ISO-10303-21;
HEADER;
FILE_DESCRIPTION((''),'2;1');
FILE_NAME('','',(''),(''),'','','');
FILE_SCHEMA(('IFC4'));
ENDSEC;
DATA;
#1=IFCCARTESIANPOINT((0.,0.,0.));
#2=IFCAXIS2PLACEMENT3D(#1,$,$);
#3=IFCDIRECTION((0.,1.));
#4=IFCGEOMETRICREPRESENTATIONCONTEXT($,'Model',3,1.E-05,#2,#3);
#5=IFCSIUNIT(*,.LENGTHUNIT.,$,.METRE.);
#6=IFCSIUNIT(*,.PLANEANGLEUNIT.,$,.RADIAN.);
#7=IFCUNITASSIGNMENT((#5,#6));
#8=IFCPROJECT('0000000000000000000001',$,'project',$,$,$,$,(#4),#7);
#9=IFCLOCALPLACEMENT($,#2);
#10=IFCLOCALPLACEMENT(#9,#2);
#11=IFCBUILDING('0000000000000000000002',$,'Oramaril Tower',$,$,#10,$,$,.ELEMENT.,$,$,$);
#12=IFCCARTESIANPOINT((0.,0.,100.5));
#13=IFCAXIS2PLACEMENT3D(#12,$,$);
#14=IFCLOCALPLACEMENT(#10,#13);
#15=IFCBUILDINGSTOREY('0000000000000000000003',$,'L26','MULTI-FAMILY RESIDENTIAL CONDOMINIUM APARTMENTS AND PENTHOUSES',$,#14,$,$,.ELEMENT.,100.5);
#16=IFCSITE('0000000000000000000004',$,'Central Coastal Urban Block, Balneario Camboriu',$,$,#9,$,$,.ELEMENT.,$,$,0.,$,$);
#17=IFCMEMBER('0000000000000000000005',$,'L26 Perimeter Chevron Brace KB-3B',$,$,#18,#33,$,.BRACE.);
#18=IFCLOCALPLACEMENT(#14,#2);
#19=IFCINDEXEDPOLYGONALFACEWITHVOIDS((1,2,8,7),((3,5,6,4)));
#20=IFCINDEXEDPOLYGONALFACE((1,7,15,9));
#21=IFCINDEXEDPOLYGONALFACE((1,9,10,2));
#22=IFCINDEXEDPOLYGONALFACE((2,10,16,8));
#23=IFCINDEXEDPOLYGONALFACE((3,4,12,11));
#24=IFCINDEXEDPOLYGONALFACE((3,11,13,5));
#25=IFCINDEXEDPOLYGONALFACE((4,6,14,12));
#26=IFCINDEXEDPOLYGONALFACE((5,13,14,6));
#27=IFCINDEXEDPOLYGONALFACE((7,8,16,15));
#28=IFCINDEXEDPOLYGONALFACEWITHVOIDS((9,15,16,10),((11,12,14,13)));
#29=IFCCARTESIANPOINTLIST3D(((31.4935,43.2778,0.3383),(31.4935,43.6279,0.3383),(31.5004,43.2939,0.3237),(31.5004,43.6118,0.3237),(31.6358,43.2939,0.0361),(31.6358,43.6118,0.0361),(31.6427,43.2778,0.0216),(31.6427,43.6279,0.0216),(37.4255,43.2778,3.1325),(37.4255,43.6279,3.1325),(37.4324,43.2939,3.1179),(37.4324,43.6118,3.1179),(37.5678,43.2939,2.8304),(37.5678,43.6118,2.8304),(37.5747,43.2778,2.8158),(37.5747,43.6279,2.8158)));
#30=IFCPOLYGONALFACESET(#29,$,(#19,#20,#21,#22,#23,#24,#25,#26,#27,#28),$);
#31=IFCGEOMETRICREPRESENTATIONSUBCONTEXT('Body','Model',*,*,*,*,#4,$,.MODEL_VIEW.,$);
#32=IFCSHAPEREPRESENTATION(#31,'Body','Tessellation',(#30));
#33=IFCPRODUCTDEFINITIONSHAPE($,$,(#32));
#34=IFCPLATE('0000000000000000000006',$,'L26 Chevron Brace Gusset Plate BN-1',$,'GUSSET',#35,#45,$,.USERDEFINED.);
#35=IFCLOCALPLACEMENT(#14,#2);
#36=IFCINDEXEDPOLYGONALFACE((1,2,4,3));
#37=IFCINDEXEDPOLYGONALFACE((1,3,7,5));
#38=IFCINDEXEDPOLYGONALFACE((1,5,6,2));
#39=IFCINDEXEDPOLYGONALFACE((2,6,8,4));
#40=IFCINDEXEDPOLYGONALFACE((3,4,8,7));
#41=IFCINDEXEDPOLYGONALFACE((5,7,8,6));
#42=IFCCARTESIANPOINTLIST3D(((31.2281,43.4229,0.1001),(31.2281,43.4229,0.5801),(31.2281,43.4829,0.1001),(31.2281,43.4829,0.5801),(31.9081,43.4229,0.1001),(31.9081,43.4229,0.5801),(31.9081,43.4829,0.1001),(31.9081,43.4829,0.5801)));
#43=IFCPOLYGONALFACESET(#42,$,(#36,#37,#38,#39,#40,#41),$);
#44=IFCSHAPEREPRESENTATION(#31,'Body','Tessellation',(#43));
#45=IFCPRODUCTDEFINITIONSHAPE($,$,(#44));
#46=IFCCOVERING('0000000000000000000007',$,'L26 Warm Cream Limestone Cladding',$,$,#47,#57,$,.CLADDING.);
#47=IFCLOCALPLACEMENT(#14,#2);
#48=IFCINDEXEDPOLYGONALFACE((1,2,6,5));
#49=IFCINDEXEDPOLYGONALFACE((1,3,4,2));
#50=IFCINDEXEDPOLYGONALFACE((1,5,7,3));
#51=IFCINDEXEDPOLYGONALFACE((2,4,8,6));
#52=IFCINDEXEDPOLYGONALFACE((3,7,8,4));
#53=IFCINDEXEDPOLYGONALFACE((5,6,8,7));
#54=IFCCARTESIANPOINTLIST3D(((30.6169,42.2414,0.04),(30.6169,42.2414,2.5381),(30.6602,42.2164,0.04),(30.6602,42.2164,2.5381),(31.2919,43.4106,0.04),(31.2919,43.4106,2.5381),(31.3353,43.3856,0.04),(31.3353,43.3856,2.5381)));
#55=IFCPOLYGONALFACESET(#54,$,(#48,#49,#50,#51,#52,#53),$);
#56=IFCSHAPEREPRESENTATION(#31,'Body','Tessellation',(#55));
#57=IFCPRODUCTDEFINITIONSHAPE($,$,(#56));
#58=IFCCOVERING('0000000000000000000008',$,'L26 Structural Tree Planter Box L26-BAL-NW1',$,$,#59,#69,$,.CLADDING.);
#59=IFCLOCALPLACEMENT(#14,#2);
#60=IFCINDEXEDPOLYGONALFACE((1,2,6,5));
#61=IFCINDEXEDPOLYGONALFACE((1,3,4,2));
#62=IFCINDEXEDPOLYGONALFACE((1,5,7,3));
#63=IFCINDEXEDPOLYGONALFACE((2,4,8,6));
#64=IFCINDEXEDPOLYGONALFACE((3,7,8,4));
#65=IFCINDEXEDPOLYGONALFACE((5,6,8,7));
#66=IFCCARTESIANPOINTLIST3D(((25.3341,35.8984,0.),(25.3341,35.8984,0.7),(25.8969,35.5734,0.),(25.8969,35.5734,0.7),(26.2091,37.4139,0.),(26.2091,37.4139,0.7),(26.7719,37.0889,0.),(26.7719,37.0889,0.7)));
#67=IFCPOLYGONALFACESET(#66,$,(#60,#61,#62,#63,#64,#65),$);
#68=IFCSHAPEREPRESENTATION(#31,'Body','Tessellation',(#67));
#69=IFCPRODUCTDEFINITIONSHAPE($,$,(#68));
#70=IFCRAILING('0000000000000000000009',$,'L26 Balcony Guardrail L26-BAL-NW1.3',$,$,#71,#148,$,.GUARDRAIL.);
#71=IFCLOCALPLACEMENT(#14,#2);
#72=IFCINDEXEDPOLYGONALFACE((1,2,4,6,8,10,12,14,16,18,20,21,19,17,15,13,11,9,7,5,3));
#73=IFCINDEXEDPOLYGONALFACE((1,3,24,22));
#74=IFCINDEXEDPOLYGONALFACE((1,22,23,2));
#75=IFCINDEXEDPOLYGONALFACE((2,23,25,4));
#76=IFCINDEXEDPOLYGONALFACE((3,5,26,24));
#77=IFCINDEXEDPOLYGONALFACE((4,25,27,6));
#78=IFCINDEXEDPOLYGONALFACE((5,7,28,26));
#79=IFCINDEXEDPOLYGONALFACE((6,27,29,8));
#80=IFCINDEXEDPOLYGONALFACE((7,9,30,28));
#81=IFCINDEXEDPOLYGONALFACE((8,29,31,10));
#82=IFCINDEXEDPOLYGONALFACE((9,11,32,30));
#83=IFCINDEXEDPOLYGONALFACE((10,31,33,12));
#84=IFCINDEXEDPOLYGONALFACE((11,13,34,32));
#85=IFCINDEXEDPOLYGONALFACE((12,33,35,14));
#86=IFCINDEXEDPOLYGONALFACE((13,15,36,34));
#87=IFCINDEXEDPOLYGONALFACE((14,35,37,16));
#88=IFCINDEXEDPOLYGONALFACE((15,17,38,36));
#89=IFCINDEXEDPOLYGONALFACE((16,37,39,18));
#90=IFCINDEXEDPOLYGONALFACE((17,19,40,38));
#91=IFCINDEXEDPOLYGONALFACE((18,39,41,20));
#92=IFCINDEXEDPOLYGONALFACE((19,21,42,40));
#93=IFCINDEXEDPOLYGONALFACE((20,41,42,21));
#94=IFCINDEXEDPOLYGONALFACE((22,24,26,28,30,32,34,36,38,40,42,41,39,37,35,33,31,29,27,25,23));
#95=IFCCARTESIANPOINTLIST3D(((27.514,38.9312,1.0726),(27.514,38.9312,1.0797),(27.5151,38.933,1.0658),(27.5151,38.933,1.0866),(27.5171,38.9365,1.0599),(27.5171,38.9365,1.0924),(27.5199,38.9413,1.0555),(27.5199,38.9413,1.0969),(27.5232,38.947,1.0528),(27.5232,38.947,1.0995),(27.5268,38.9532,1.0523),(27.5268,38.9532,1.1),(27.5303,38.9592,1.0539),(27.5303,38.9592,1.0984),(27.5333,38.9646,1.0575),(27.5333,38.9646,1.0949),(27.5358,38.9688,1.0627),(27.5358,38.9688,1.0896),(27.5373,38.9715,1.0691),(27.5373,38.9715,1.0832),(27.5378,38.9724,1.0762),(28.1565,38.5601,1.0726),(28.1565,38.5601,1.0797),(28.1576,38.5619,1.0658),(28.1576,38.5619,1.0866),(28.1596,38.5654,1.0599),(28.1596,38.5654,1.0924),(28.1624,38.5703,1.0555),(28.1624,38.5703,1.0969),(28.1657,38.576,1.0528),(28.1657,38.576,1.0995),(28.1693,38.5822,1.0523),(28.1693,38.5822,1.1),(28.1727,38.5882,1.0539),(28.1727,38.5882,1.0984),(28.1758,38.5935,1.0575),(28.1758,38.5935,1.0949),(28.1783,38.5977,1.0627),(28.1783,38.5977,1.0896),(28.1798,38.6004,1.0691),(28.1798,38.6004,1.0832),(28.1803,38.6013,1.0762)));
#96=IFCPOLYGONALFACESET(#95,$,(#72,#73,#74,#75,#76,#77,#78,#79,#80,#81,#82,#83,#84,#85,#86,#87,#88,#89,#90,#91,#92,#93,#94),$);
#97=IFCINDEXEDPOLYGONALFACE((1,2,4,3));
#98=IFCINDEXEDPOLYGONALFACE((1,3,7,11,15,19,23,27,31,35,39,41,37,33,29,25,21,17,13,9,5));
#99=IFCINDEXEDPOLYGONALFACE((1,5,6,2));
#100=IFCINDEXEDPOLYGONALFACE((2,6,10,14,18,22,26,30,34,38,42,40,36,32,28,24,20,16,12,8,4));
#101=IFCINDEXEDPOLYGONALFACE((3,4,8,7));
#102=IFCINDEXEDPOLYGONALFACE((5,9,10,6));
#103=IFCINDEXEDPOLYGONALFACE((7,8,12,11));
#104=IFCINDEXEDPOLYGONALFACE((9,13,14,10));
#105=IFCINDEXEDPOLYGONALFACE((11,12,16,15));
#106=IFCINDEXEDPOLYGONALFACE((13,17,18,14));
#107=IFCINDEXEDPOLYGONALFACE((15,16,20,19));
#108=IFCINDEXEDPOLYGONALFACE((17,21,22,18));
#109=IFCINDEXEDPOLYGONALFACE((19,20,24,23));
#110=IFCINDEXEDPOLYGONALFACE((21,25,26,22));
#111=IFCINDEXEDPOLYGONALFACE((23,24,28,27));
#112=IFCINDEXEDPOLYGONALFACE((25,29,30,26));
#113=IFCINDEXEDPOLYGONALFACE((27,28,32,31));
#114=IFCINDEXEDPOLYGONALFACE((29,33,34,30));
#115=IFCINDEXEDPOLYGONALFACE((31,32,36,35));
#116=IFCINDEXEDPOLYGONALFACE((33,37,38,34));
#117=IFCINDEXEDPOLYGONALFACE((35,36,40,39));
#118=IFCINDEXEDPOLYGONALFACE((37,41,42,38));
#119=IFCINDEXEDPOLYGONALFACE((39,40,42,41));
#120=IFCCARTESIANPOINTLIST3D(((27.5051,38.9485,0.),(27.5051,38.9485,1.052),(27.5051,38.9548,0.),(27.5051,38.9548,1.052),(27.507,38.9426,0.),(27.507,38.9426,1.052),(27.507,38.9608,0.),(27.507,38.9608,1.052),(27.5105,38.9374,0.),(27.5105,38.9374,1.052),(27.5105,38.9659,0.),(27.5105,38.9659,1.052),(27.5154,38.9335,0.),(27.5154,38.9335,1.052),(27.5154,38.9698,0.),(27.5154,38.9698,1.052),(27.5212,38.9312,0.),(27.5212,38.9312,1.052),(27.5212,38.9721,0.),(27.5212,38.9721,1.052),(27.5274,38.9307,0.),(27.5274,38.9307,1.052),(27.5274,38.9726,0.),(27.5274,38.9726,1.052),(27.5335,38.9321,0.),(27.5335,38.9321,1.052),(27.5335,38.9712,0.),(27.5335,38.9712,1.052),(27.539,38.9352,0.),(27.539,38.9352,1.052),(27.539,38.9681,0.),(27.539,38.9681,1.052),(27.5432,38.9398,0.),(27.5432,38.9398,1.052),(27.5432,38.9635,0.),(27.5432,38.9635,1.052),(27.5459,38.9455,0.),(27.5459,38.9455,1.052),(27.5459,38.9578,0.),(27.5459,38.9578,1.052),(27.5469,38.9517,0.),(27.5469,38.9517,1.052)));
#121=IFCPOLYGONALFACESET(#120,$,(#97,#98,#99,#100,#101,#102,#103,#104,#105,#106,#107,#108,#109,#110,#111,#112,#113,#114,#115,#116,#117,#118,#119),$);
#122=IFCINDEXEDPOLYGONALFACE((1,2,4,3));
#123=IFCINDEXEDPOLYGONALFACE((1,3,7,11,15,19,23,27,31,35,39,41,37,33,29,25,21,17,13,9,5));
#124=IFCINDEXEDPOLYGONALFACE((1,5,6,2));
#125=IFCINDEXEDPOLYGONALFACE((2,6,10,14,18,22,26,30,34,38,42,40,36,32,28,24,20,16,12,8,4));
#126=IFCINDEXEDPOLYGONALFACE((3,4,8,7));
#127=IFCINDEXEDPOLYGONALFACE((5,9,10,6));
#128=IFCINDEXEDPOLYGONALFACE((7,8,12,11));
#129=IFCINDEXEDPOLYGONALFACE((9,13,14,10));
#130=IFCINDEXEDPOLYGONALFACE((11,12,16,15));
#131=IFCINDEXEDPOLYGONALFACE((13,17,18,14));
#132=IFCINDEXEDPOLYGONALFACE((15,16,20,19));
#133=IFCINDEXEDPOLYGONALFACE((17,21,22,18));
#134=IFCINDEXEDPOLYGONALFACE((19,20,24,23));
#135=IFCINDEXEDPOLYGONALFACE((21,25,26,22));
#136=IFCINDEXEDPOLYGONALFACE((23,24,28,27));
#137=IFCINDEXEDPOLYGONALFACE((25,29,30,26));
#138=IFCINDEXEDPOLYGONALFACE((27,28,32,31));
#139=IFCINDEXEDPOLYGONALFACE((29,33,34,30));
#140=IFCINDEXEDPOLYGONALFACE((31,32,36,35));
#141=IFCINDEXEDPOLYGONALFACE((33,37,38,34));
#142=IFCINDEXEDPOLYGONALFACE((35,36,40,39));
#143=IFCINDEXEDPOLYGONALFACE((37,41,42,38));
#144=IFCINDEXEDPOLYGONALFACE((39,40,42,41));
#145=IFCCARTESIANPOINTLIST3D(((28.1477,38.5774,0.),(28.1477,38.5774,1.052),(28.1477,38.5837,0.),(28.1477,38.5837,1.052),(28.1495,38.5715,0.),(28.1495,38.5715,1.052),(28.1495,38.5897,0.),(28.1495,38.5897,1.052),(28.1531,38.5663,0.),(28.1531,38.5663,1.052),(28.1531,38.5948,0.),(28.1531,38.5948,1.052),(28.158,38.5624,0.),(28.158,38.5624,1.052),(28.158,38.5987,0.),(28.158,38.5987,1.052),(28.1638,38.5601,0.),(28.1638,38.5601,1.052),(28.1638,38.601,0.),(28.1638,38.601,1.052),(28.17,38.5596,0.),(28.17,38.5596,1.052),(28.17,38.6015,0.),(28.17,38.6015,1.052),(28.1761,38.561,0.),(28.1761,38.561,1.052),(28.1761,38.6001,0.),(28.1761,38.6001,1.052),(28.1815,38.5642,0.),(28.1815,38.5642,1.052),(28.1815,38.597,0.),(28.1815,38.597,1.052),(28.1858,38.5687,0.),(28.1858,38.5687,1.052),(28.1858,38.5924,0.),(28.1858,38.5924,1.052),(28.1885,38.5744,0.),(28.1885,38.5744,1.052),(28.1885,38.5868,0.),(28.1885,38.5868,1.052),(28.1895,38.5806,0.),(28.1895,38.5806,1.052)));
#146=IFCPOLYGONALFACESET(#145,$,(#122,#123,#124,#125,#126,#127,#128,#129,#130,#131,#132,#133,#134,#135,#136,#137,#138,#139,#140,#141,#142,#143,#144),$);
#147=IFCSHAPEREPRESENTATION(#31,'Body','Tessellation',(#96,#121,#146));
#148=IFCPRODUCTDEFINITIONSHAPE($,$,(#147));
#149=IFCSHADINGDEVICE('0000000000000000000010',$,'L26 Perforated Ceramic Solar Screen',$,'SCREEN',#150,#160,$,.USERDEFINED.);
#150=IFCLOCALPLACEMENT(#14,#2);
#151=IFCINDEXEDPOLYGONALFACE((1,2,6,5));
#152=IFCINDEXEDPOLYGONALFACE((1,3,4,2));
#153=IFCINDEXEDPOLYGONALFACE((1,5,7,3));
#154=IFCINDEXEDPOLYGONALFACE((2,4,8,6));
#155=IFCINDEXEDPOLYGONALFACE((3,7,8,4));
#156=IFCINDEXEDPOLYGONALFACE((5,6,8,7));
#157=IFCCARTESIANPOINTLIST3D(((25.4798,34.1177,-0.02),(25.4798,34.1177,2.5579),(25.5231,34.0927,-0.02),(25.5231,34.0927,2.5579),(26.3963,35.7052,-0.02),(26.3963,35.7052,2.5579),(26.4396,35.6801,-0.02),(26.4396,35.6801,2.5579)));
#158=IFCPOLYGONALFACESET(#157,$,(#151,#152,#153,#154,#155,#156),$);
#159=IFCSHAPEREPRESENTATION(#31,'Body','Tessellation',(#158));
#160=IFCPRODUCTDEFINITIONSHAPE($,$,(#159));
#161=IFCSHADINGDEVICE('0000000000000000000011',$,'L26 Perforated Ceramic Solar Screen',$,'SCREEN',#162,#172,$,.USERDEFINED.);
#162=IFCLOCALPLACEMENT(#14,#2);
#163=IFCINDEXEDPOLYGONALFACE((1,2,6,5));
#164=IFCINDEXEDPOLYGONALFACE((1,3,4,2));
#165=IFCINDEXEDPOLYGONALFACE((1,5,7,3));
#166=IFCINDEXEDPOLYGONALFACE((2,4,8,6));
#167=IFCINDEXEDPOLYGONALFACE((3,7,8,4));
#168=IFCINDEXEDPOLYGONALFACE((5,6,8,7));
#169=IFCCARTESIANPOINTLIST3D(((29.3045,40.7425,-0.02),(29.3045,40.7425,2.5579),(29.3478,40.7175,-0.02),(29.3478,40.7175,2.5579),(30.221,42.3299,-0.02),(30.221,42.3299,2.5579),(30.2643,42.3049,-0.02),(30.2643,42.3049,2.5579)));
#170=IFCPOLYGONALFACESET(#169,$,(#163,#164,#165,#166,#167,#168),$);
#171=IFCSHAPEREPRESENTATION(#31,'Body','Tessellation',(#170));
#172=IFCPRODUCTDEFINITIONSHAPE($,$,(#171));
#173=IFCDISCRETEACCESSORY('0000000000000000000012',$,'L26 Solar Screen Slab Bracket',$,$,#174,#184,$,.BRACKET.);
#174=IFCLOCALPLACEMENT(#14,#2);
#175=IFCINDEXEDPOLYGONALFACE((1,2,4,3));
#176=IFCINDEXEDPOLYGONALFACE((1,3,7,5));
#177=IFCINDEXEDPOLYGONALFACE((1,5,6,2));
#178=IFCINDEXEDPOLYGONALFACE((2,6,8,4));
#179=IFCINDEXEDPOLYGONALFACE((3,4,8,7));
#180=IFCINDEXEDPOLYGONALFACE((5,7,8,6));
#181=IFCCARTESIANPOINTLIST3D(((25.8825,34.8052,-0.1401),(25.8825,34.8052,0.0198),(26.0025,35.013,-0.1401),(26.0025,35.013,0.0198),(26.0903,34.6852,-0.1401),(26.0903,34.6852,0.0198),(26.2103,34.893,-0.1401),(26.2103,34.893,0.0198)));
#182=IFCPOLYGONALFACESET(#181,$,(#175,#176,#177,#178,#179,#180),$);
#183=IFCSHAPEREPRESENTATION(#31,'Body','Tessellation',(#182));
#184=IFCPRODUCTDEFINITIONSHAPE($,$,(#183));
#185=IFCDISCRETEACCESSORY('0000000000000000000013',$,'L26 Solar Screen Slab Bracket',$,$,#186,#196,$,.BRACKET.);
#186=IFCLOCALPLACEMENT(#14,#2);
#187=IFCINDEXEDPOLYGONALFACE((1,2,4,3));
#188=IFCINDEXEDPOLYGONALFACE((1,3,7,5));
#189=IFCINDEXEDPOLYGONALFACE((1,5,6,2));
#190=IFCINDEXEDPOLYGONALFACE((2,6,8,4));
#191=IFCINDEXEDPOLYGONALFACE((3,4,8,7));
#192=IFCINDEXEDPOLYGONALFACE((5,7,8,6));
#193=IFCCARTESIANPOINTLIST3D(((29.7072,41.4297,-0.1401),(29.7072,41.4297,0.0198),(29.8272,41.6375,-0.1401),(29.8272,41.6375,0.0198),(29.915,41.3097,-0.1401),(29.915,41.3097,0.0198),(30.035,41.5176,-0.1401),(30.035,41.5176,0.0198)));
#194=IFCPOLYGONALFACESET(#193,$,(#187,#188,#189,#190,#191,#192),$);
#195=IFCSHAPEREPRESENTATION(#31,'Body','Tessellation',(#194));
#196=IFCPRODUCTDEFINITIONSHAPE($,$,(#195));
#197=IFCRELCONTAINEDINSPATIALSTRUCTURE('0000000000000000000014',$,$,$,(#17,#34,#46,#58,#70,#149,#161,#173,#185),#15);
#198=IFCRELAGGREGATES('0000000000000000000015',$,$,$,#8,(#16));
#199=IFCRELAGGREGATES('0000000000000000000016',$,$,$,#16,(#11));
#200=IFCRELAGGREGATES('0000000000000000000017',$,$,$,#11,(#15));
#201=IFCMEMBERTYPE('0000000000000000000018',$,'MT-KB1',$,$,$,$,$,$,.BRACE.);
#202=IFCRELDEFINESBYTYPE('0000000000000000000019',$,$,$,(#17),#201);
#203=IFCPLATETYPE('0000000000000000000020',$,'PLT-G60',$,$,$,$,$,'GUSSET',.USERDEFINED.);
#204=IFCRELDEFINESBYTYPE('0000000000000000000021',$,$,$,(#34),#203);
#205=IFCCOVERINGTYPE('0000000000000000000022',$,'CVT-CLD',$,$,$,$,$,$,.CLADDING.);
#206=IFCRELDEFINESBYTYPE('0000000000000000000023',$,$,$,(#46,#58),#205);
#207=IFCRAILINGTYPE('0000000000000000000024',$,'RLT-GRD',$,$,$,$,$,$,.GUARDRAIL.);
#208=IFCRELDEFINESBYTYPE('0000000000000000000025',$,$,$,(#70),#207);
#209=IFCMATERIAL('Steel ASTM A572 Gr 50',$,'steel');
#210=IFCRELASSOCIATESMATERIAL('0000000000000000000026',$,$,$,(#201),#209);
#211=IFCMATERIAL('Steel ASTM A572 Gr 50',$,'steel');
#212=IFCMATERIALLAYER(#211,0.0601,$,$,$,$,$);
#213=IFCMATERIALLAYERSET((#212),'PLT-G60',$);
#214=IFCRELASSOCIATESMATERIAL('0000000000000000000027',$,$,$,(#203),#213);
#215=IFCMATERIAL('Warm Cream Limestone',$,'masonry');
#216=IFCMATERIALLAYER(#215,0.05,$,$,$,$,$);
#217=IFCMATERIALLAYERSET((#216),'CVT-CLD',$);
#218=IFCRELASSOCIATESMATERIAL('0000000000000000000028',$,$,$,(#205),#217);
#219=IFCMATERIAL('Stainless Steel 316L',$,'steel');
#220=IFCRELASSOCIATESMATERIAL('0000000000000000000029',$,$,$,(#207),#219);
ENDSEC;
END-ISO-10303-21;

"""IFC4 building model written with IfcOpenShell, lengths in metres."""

from ifc_helpers import new_model, si_unit, direction, frame, origin, origin_2d, place, context, subcontext, project, spatial, rectangle, hollow_rectangle, circle, extrude, material, layer, layer_set, material_profile, profile_set, type_object, element, save


model = new_model("IFC4")

# Units and contexts
model_context = context("Model", 3, precision=1e-05, world=origin(), true_north=direction((0.0, 1.0)))
body_context = subcontext(model_context, "Body", "Model", "MODEL_VIEW")
ifc_project = project(units=[si_unit("LENGTHUNIT", "METRE"), si_unit("PLANEANGLEUNIT", "RADIAN")], contexts=[model_context])

# Site, building, storey
site_placement = place(None, origin())
site = spatial("IfcSite", under=ifc_project, at=site_placement, Name="Central Coastal Urban Block, Balneario Camboriu", CompositionType="ELEMENT", RefElevation=0.0)
building_placement = place(site_placement, origin())
building = spatial("IfcBuilding", under=site, at=building_placement, Name="Oramaril Tower", CompositionType="ELEMENT")
storey_placement = place(building_placement, frame((0.0, 0.0, 100.5)))
storey = spatial("IfcBuildingStorey", under=building, at=storey_placement, Name="L26", Description="MULTI-FAMILY RESIDENTIAL CONDOMINIUM APARTMENTS AND PENTHOUSES", CompositionType="ELEMENT", Elevation=100.5)

# Member
ifc_material_1 = material(Name="Steel ASTM A572 Gr 50", Category="steel")
ifc_material_profile_1 = material_profile(ifc_material_1, hollow_rectangle(XDim=0.3501, YDim=0.3501, WallThickness=0.0161, at=origin_2d()), Name="HSS350X350X16")
ifc_profile_set_1 = profile_set([ifc_material_profile_1], Name="Steel ASTM A572 Gr 50")
member_type = type_object("IfcMemberType", Name="MT-KB1", PredefinedType="BRACE", material=ifc_profile_set_1)
member_placement = place(storey_placement, frame((31.5681, 43.4529, 0.1799), z_axis=(0.904659, 0.0, 0.426136), x_axis=(0.0, 1.0, 0.0)))
element("IfcMember", 1, at=member_placement, inside=storey, type_object=member_type, Name="L26 Perimeter Chevron Brace KB-3B", PredefinedType="BRACE", context=body_context, shape_type="SweptSolid", body=[
    extrude(hollow_rectangle(XDim=0.3501, YDim=0.3501, WallThickness=0.0161, at=origin_2d()), origin(), (0.0, 0.0, 1.0), 6.5571),
])

# Plate
ifc_material_2 = material(Name="Steel ASTM A572 Gr 50", Category="steel")
ifc_layer_1 = layer(ifc_material_2, 0.0601)
ifc_layer_set_1 = layer_set([ifc_layer_1], Name="PLT-G60")
plate_type = type_object("IfcPlateType", Name="PLT-G60", ElementType="GUSSET", PredefinedType="USERDEFINED", material=ifc_layer_set_1)
plate_placement = place(storey_placement, frame((31.5681, 43.4529, 0.1001), z_axis=(0.0, 0.0, 1.0), x_axis=(-1.0, 0.0, 0.0)))
element("IfcPlate", 2, at=plate_placement, inside=storey, type_object=plate_type, Name="L26 Chevron Brace Gusset Plate BN-1", ObjectType="GUSSET", PredefinedType="USERDEFINED", context=body_context, shape_type="SweptSolid", body=[
    extrude(rectangle(XDim=0.6799, YDim=0.0601, at=origin_2d()), origin(), (0.0, 0.0, 1.0), 0.48),
])

# Coverings
ifc_material_3 = material(Name="Warm Cream Limestone", Category="masonry")
ifc_layer_2 = layer(ifc_material_3, 0.05)
ifc_layer_set_2 = layer_set([ifc_layer_2], Name="CVT-CLD")
covering_type = type_object("IfcCoveringType", Name="CVT-CLD", PredefinedType="CLADDING", material=ifc_layer_set_2)
covering_1_placement = place(storey_placement, frame((30.9761, 42.8135, 0.04), z_axis=(0.0, 0.0, 1.0), x_axis=(-0.5, -0.866025, 0.0)))
element("IfcCovering", 3, at=covering_1_placement, inside=storey, type_object=covering_type, Name="L26 Warm Cream Limestone Cladding", PredefinedType="CLADDING", context=body_context, shape_type="SweptSolid", body=[
    extrude(rectangle(XDim=1.3501, YDim=0.05, at=origin_2d()), origin(), (0.0, 0.0, 1.0), 2.498),
])
covering_2_placement = place(storey_placement, frame((26.053, 36.4937, 0.0), z_axis=(0.0, 0.0, 1.0), x_axis=(-0.5, -0.866025, 0.0)))
element("IfcCovering", 4, at=covering_2_placement, inside=storey, type_object=covering_type, Name="L26 Structural Tree Planter Box L26-BAL-NW1", PredefinedType="CLADDING", context=body_context, shape_type="SweptSolid", body=[
    extrude(rectangle(XDim=1.75, YDim=0.6499, at=origin_2d()), origin(), (0.0, 0.0, 1.0), 0.7),
])

# Railing
ifc_material_4 = material(Name="Stainless Steel 316L", Category="steel")
railing_type = type_object("IfcRailingType", Name="RLT-GRD", PredefinedType="GUARDRAIL", material=ifc_material_4)
railing_1_placement = place(storey_placement, frame((27.5259, 38.9517, 0.0)))
element("IfcRailing", 5, at=railing_1_placement, inside=storey, type_object=railing_type, Name="L26 Balcony Guardrail L26-BAL-NW1.3", PredefinedType="GUARDRAIL", context=body_context, shape_type="SweptSolid", body=[
    extrude(circle(Radius=0.0239, at=origin_2d()), frame((0.0, 0.0, 1.0762), z_axis=(0.865966, -0.500102, 0.0), x_axis=(0.500102, 0.865966, 0.0)), (0.0, 0.0, 1.0), 0.7419),
    extrude(circle(Radius=0.021, at=origin_2d()), origin(), (0.0, 0.0, 1.0), 1.052),
    extrude(circle(Radius=0.021, at=origin_2d()), frame((0.6426, -0.3711, 0.0)), (0.0, 0.0, 1.0), 1.052),
])

# Shading devices
for number, where, z_axis, x_axis, name in (
    (6, (25.9597, 34.8989, -0.02), (0.0, 0.0, 1.0), (-0.5, -0.866025, 0.0), "L26 Perforated Ceramic Solar Screen"),
    (7, (29.7844, 41.5237, -0.02), (0.0, 0.0, 1.0), (-0.5, -0.866025, 0.0), "L26 Perforated Ceramic Solar Screen"),
):
    element("IfcShadingDevice", number, at=place(storey_placement, frame(where, z_axis=z_axis, x_axis=x_axis)), inside=storey, Name=name, ObjectType="SCREEN", PredefinedType="USERDEFINED", context=body_context, shape_type="SweptSolid", body=[
        extrude(rectangle(XDim=1.833, YDim=0.05, at=origin_2d()), origin(), (0.0, 0.0, 1.0), 2.5779),
    ])

# Discrete accessories
for number, where, z_axis, x_axis, name in (
    (8, (26.0464, 34.8491, -0.1401), (0.0, 0.0, 1.0), (-0.5, -0.866025, 0.0), "L26 Solar Screen Slab Bracket"),
    (9, (29.8711, 41.4736, -0.1401), (0.0, 0.0, 1.0), (-0.5, -0.866025, 0.0), "L26 Solar Screen Slab Bracket"),
):
    element("IfcDiscreteAccessory", number, at=place(storey_placement, frame(where, z_axis=z_axis, x_axis=x_axis)), inside=storey, Name=name, PredefinedType="BRACKET", context=body_context, shape_type="SweptSolid", body=[
        extrude(rectangle(XDim=0.24, YDim=0.24, at=origin_2d()), origin(), (0.0, 0.0, 1.0), 0.1599),
    ])

save(model, "model.ifc")
